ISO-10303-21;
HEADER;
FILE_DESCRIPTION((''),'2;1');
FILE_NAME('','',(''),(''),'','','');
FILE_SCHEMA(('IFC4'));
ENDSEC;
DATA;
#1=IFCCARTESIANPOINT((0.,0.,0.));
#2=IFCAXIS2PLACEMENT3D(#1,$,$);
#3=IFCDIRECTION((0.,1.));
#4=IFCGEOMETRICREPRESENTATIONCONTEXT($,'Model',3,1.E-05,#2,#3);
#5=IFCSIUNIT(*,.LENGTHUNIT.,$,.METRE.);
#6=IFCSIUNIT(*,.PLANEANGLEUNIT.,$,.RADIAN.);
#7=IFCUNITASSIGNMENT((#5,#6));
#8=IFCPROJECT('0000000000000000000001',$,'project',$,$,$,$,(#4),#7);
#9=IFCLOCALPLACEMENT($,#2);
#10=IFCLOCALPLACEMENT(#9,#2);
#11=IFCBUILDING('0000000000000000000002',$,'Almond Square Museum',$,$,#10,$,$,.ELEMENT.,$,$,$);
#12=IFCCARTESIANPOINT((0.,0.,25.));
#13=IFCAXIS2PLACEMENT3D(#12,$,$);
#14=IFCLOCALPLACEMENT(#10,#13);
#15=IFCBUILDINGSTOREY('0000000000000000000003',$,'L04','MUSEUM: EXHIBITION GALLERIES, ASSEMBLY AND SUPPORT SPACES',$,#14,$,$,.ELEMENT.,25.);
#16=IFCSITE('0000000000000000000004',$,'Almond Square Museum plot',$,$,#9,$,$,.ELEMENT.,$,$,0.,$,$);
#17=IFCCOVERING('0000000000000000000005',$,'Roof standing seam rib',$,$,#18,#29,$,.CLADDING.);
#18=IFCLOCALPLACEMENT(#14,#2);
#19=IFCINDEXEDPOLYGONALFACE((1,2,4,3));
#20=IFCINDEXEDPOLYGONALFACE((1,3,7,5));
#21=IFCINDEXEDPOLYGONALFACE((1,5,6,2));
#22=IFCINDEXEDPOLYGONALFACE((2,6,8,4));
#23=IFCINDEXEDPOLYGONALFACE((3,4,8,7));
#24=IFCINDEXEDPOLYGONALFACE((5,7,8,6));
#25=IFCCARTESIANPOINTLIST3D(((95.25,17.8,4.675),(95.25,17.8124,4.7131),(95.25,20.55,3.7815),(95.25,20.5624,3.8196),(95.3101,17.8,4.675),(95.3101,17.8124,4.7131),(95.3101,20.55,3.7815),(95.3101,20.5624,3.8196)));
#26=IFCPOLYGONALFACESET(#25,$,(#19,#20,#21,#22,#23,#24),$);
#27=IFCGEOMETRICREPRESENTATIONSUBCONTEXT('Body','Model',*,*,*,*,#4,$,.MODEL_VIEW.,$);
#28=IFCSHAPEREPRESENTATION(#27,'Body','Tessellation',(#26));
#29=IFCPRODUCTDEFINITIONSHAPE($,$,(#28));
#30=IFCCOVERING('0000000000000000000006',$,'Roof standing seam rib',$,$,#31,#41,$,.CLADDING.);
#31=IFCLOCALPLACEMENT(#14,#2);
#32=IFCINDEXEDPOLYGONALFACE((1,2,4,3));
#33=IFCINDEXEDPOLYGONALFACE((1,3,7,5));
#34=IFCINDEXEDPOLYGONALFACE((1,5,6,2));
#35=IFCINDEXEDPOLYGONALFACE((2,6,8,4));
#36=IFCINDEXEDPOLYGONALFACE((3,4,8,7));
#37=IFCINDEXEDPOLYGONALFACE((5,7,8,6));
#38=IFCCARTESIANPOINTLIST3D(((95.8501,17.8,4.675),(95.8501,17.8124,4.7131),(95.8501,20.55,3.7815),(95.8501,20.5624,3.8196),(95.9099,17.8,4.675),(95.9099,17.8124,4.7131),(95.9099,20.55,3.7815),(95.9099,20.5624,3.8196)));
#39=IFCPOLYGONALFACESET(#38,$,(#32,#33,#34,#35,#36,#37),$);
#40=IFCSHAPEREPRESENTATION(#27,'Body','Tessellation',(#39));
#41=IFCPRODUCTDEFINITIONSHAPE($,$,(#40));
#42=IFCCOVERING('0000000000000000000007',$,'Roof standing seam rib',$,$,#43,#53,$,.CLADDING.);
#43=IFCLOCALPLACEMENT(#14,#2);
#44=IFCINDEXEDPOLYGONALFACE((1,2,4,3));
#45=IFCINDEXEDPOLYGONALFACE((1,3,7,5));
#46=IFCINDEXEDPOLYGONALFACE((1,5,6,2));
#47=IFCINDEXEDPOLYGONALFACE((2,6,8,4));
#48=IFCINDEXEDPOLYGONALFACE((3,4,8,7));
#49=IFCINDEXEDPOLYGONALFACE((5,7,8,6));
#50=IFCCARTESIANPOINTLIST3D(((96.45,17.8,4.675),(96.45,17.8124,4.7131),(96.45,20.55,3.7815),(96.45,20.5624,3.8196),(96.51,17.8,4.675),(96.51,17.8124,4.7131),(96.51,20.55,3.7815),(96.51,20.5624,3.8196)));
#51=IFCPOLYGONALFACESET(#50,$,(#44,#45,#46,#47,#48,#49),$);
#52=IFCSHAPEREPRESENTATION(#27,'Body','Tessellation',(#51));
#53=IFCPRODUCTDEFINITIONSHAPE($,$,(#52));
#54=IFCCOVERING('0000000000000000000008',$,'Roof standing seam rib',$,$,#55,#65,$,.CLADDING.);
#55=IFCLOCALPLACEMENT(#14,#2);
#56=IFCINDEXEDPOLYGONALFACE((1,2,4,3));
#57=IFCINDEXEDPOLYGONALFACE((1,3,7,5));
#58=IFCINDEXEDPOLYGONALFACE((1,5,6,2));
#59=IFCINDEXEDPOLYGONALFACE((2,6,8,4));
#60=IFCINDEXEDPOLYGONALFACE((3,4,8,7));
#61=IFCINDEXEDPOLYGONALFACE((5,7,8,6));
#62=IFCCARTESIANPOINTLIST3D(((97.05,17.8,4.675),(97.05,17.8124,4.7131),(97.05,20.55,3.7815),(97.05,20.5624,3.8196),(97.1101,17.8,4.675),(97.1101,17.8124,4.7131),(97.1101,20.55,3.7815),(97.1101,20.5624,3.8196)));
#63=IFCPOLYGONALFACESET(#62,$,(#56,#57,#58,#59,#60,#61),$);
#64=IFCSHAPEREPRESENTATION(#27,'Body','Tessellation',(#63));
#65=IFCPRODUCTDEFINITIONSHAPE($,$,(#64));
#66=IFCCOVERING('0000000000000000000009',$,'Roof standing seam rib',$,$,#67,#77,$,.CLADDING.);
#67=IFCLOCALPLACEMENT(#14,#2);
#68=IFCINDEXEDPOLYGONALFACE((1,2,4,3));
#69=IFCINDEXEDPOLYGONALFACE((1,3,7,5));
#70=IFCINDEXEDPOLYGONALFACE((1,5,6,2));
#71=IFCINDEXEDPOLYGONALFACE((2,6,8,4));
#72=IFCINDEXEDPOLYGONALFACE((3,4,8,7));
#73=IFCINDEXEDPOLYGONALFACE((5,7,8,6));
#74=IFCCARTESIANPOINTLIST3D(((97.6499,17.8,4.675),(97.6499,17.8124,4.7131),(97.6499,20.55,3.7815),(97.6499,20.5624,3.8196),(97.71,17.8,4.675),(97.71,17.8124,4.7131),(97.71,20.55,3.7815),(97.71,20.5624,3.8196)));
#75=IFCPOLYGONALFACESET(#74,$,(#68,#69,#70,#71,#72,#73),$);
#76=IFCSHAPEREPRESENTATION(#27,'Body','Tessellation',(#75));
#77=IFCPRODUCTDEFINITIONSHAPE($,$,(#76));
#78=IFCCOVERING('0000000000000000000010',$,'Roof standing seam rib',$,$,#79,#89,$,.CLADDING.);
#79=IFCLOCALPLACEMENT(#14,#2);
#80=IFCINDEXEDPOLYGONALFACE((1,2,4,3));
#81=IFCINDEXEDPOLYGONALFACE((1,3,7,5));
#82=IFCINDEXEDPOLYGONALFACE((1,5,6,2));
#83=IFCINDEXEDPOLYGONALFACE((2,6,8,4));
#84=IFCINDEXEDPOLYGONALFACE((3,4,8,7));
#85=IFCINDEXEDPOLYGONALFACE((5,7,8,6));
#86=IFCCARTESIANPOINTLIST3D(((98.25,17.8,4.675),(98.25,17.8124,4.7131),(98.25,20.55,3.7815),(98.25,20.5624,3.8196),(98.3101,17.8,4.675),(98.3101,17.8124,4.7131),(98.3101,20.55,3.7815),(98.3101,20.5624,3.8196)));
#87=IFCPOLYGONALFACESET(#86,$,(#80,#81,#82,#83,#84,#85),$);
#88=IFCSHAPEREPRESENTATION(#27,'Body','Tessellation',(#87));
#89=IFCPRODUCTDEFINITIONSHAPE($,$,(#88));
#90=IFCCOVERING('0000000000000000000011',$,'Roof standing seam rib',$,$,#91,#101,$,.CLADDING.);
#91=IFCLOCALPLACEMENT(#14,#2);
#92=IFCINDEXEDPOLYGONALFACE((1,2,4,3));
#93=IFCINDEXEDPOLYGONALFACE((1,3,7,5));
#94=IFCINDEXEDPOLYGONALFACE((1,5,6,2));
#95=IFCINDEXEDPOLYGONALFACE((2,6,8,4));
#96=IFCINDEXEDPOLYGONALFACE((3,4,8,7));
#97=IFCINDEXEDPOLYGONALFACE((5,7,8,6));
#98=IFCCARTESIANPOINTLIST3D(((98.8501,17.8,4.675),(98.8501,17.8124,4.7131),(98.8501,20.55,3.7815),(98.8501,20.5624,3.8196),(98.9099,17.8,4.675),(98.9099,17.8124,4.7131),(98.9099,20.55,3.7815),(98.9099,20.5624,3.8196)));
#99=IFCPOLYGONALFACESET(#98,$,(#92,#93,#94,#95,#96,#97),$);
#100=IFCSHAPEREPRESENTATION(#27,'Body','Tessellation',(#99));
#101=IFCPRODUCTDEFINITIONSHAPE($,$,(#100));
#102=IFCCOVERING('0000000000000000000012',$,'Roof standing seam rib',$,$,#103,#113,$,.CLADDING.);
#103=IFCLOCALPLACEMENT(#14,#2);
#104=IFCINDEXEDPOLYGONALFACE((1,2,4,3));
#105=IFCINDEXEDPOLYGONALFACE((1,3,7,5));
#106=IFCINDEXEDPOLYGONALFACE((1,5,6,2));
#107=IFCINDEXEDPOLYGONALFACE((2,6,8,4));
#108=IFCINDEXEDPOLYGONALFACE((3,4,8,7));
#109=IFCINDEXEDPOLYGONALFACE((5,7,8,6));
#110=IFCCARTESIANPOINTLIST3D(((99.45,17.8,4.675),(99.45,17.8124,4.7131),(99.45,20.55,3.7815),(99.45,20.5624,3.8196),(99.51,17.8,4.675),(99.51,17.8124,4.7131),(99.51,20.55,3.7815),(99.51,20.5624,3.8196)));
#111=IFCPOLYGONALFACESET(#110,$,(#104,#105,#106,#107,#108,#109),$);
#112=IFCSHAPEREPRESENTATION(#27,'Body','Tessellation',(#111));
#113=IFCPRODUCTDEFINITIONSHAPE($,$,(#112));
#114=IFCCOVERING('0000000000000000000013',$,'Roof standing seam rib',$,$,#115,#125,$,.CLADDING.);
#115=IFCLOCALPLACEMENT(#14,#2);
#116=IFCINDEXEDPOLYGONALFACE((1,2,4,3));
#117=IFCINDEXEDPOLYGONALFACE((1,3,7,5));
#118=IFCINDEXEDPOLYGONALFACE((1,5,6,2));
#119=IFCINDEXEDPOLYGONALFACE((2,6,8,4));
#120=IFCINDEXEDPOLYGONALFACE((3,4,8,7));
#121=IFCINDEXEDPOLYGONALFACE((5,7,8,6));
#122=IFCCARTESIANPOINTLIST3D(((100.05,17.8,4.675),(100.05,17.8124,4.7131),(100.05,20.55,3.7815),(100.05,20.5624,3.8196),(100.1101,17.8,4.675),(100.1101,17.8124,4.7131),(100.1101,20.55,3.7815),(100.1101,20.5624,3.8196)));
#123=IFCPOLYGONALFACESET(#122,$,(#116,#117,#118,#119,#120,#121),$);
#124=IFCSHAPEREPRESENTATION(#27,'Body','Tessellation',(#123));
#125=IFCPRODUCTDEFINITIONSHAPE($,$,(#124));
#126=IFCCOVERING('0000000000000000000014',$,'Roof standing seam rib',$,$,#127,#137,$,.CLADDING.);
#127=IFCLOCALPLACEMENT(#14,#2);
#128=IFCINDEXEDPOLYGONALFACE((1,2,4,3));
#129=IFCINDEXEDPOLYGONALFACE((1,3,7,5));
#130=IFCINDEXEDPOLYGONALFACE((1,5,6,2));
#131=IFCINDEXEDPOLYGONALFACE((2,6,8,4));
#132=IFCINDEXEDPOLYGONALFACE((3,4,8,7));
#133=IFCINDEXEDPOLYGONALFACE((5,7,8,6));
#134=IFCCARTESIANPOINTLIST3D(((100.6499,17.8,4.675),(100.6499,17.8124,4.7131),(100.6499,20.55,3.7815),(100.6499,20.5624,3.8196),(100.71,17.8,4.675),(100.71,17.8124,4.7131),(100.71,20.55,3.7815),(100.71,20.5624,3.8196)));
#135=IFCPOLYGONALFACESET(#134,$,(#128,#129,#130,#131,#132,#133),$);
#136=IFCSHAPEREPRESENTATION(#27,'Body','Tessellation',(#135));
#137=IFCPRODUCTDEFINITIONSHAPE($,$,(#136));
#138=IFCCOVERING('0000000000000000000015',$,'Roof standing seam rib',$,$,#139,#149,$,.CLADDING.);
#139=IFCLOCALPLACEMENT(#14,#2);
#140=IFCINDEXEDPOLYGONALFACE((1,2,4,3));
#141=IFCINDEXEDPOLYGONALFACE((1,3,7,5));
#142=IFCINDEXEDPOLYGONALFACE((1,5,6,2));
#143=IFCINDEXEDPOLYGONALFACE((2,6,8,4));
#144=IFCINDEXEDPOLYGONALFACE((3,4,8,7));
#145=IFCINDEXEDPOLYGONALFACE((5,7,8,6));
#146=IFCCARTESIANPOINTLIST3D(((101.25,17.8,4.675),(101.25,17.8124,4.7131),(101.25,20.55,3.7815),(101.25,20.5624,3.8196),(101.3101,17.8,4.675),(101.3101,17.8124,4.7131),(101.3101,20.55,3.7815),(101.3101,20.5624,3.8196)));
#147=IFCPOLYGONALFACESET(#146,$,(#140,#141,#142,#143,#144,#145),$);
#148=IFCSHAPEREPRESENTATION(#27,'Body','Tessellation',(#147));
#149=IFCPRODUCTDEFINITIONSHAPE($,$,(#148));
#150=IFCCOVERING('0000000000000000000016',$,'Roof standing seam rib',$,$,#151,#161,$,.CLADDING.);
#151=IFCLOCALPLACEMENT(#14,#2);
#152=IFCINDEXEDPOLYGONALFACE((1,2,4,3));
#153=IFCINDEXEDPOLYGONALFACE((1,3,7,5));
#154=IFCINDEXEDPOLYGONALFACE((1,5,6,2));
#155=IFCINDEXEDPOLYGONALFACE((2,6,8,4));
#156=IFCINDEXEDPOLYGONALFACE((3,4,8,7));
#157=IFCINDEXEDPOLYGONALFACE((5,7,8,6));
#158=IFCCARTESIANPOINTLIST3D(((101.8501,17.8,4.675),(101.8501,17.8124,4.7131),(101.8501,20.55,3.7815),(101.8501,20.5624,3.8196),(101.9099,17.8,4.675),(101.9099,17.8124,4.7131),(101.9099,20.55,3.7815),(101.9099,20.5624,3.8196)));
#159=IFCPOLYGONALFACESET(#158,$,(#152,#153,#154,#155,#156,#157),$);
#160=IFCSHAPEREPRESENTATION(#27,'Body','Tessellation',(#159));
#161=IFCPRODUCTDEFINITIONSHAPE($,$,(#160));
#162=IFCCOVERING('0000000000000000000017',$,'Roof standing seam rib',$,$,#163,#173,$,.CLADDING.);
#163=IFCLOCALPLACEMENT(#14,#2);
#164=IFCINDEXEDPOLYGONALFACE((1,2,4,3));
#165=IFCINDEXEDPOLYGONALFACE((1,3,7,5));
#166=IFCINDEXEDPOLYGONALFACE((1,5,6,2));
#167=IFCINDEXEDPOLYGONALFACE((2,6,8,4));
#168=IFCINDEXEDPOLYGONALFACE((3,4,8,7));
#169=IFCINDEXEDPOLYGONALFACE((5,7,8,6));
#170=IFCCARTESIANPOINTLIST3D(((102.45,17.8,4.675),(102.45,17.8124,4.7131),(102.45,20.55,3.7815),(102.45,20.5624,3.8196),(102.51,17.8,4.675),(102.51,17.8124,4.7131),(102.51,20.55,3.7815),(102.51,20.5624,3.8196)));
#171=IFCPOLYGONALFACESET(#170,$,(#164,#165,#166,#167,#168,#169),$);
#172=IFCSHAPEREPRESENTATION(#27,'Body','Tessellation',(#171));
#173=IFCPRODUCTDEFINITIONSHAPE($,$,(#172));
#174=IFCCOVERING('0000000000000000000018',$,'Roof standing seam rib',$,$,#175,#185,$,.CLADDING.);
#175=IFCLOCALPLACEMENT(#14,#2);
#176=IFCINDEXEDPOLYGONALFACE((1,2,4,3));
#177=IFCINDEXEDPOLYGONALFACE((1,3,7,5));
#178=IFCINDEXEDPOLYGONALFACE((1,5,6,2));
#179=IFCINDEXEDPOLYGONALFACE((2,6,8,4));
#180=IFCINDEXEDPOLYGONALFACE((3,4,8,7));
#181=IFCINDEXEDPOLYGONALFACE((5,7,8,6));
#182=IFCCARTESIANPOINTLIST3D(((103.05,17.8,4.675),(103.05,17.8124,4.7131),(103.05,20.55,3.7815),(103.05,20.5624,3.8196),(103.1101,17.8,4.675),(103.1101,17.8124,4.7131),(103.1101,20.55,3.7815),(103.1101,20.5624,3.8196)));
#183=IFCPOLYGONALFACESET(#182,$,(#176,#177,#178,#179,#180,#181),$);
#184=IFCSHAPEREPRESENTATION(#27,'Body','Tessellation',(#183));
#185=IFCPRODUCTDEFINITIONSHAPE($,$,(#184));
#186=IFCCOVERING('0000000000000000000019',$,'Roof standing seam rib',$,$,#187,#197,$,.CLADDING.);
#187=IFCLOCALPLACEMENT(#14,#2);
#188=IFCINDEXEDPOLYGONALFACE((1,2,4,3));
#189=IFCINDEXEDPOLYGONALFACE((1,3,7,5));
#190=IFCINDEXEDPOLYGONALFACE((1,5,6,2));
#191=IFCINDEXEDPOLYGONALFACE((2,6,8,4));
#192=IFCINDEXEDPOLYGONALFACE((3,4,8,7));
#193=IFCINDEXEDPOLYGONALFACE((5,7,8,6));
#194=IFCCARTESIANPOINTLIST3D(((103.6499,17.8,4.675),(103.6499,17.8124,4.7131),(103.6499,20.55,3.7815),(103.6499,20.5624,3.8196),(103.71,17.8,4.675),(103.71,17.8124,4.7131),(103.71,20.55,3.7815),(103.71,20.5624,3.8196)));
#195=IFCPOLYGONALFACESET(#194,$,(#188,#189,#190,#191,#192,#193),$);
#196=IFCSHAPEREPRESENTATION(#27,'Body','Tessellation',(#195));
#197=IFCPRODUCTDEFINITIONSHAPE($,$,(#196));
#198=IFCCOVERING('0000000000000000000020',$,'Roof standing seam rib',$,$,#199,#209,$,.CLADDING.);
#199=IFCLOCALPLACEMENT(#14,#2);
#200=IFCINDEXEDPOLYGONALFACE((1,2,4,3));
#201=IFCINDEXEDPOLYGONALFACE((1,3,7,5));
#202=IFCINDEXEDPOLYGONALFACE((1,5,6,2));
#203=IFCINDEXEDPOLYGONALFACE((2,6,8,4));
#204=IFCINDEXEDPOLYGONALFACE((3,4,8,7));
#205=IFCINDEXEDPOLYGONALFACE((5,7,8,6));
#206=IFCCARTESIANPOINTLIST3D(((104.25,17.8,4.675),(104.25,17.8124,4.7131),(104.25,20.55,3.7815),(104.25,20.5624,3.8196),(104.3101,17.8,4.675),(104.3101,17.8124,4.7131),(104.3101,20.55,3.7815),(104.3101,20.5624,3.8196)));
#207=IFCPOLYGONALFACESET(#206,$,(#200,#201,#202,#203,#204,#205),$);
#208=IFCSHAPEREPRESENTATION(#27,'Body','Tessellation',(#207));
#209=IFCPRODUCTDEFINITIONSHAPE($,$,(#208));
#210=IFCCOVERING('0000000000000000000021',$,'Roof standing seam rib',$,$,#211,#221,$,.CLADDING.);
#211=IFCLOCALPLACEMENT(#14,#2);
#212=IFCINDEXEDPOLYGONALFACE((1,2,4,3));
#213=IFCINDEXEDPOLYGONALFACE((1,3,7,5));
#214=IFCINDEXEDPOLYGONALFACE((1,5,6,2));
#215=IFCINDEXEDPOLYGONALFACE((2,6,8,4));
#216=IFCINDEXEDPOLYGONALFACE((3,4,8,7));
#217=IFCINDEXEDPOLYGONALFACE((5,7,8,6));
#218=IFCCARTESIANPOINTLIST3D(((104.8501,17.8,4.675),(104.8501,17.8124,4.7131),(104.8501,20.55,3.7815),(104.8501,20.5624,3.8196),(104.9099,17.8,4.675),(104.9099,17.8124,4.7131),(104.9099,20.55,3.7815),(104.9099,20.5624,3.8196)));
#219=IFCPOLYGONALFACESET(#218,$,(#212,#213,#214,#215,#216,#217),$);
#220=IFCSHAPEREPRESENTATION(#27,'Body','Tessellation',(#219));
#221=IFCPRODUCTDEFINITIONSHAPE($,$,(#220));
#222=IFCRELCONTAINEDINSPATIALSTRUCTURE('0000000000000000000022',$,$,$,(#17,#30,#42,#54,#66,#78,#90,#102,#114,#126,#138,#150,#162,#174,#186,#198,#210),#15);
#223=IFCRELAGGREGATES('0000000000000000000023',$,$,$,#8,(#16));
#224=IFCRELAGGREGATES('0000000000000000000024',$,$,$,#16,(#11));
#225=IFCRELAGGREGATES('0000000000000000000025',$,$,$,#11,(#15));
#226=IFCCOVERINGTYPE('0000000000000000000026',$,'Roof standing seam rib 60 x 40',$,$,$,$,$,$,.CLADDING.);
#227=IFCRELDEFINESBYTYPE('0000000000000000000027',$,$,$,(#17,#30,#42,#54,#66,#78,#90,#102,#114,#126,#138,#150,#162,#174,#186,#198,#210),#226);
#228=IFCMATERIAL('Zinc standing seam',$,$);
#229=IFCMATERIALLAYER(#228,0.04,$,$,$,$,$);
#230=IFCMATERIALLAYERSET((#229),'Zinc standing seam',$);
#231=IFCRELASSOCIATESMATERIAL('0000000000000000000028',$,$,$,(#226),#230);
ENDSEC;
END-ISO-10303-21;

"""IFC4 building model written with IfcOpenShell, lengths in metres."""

from ifc_helpers import new_model, si_unit, direction, frame, origin, place, context, subcontext, project, spatial, polyline, outline, extrude, material, layer, layer_set, type_object, element, save


model = new_model("IFC4")

# Units and contexts
model_context = context("Model", 3, precision=1e-05, world=origin(), true_north=direction((0.0, 1.0)))
body_context = subcontext(model_context, "Body", "Model", "MODEL_VIEW")
ifc_project = project(units=[si_unit("LENGTHUNIT", "METRE"), si_unit("PLANEANGLEUNIT", "RADIAN")], contexts=[model_context])

# Site, building, storey
site_placement = place(None, origin())
site = spatial("IfcSite", under=ifc_project, at=site_placement, Name="Almond Square Museum plot", CompositionType="ELEMENT", RefElevation=0.0)
building_placement = place(site_placement, origin())
building = spatial("IfcBuilding", under=site, at=building_placement, Name="Almond Square Museum", CompositionType="ELEMENT")
storey_placement = place(building_placement, frame((0.0, 0.0, 25.0)))
storey = spatial("IfcBuildingStorey", under=building, at=storey_placement, Name="L04", Description="MUSEUM: EXHIBITION GALLERIES, ASSEMBLY AND SUPPORT SPACES", CompositionType="ELEMENT", Elevation=25.0)

# Coverings
ifc_material_1 = material(Name="Zinc standing seam")
ifc_layer_1 = layer(ifc_material_1, 0.04)
ifc_layer_set_1 = layer_set([ifc_layer_1], Name="Zinc standing seam")
covering_type_1 = type_object("IfcCoveringType", Name="Roof standing seam rib 60 x 40", PredefinedType="CLADDING", material=ifc_layer_set_1)
for number, where, z_axis, x_axis, name in (
    (1, (95.25, 17.8, 4.675), (0.0, 0.309025, 0.951054), (1.0, 0.0, 0.0), "Roof standing seam rib"),
):
    element("IfcCovering", number, at=place(storey_placement, frame(where, z_axis=z_axis, x_axis=x_axis)), inside=storey, type_object=covering_type_1, Name=name, PredefinedType="CLADDING", context=body_context, shape_type="SweptSolid", body=[
        extrude(outline(polyline([(0.0, 0.0), (0.0601, 0.0), (0.0601, 2.8915), (0.0, 2.8915), (0.0, 0.0)])), origin(), (0.0, 0.0, 1.0), 0.04),
    ])
covering_1_placement = place(storey_placement, frame((95.8501, 17.8, 4.675), z_axis=(0.0, 0.309025, 0.951054), x_axis=(1.0, 0.0, 0.0)))
element("IfcCovering", 2, at=covering_1_placement, inside=storey, type_object=covering_type_1, Name="Roof standing seam rib", PredefinedType="CLADDING", context=body_context, shape_type="SweptSolid", body=[
    extrude(outline(polyline([(0.0, 0.0), (0.0598, 0.0), (0.0598, 2.8915), (0.0, 2.8915), (0.0, 0.0)])), origin(), (0.0, 0.0, 1.0), 0.04),
])
for number, where, z_axis, x_axis, name in (
    (3, (96.45, 17.8, 4.675), (0.0, 0.309025, 0.951054), (1.0, 0.0, 0.0), "Roof standing seam rib"),
    (4, (97.05, 17.8, 4.675), (0.0, 0.309025, 0.951054), (1.0, 0.0, 0.0), "Roof standing seam rib"),
    (5, (97.6499, 17.8, 4.675), (0.0, 0.309025, 0.951054), (1.0, 0.0, 0.0), "Roof standing seam rib"),
    (6, (98.25, 17.8, 4.675), (0.0, 0.309025, 0.951054), (1.0, 0.0, 0.0), "Roof standing seam rib"),
):
    element("IfcCovering", number, at=place(storey_placement, frame(where, z_axis=z_axis, x_axis=x_axis)), inside=storey, type_object=covering_type_1, Name=name, PredefinedType="CLADDING", context=body_context, shape_type="SweptSolid", body=[
        extrude(outline(polyline([(0.0, 0.0), (0.0601, 0.0), (0.0601, 2.8915), (0.0, 2.8915), (0.0, 0.0)])), origin(), (0.0, 0.0, 1.0), 0.04),
    ])
covering_2_placement = place(storey_placement, frame((98.8501, 17.8, 4.675), z_axis=(0.0, 0.309025, 0.951054), x_axis=(1.0, 0.0, 0.0)))
element("IfcCovering", 7, at=covering_2_placement, inside=storey, type_object=covering_type_1, Name="Roof standing seam rib", PredefinedType="CLADDING", context=body_context, shape_type="SweptSolid", body=[
    extrude(outline(polyline([(0.0, 0.0), (0.0598, 0.0), (0.0598, 2.8915), (0.0, 2.8915), (0.0, 0.0)])), origin(), (0.0, 0.0, 1.0), 0.04),
])
for number, where, z_axis, x_axis, name in (
    (8, (99.45, 17.8, 4.675), (0.0, 0.309025, 0.951054), (1.0, 0.0, 0.0), "Roof standing seam rib"),
    (9, (100.05, 17.8, 4.675), (0.0, 0.309025, 0.951054), (1.0, 0.0, 0.0), "Roof standing seam rib"),
    (10, (100.6499, 17.8, 4.675), (0.0, 0.309025, 0.951054), (1.0, 0.0, 0.0), "Roof standing seam rib"),
    (11, (101.25, 17.8, 4.675), (0.0, 0.309025, 0.951054), (1.0, 0.0, 0.0), "Roof standing seam rib"),
):
    element("IfcCovering", number, at=place(storey_placement, frame(where, z_axis=z_axis, x_axis=x_axis)), inside=storey, type_object=covering_type_1, Name=name, PredefinedType="CLADDING", context=body_context, shape_type="SweptSolid", body=[
        extrude(outline(polyline([(0.0, 0.0), (0.0601, 0.0), (0.0601, 2.8915), (0.0, 2.8915), (0.0, 0.0)])), origin(), (0.0, 0.0, 1.0), 0.04),
    ])
covering_3_placement = place(storey_placement, frame((101.8501, 17.8, 4.675), z_axis=(0.0, 0.309025, 0.951054), x_axis=(1.0, 0.0, 0.0)))
element("IfcCovering", 12, at=covering_3_placement, inside=storey, type_object=covering_type_1, Name="Roof standing seam rib", PredefinedType="CLADDING", context=body_context, shape_type="SweptSolid", body=[
    extrude(outline(polyline([(0.0, 0.0), (0.0598, 0.0), (0.0598, 2.8915), (0.0, 2.8915), (0.0, 0.0)])), origin(), (0.0, 0.0, 1.0), 0.04),
])
for number, where, z_axis, x_axis, name in (
    (13, (102.45, 17.8, 4.675), (0.0, 0.309025, 0.951054), (1.0, 0.0, 0.0), "Roof standing seam rib"),
    (14, (103.05, 17.8, 4.675), (0.0, 0.309025, 0.951054), (1.0, 0.0, 0.0), "Roof standing seam rib"),
    (15, (103.6499, 17.8, 4.675), (0.0, 0.309025, 0.951054), (1.0, 0.0, 0.0), "Roof standing seam rib"),
    (16, (104.25, 17.8, 4.675), (0.0, 0.309025, 0.951054), (1.0, 0.0, 0.0), "Roof standing seam rib"),
):
    element("IfcCovering", number, at=place(storey_placement, frame(where, z_axis=z_axis, x_axis=x_axis)), inside=storey, type_object=covering_type_1, Name=name, PredefinedType="CLADDING", context=body_context, shape_type="SweptSolid", body=[
        extrude(outline(polyline([(0.0, 0.0), (0.0601, 0.0), (0.0601, 2.8915), (0.0, 2.8915), (0.0, 0.0)])), origin(), (0.0, 0.0, 1.0), 0.04),
    ])
covering_4_placement = place(storey_placement, frame((104.8501, 17.8, 4.675), z_axis=(0.0, 0.309025, 0.951054), x_axis=(1.0, 0.0, 0.0)))
element("IfcCovering", 17, at=covering_4_placement, inside=storey, type_object=covering_type_1, Name="Roof standing seam rib", PredefinedType="CLADDING", context=body_context, shape_type="SweptSolid", body=[
    extrude(outline(polyline([(0.0, 0.0), (0.0598, 0.0), (0.0598, 2.8915), (0.0, 2.8915), (0.0, 0.0)])), origin(), (0.0, 0.0, 1.0), 0.04),
])

save(model, "model.ifc")
